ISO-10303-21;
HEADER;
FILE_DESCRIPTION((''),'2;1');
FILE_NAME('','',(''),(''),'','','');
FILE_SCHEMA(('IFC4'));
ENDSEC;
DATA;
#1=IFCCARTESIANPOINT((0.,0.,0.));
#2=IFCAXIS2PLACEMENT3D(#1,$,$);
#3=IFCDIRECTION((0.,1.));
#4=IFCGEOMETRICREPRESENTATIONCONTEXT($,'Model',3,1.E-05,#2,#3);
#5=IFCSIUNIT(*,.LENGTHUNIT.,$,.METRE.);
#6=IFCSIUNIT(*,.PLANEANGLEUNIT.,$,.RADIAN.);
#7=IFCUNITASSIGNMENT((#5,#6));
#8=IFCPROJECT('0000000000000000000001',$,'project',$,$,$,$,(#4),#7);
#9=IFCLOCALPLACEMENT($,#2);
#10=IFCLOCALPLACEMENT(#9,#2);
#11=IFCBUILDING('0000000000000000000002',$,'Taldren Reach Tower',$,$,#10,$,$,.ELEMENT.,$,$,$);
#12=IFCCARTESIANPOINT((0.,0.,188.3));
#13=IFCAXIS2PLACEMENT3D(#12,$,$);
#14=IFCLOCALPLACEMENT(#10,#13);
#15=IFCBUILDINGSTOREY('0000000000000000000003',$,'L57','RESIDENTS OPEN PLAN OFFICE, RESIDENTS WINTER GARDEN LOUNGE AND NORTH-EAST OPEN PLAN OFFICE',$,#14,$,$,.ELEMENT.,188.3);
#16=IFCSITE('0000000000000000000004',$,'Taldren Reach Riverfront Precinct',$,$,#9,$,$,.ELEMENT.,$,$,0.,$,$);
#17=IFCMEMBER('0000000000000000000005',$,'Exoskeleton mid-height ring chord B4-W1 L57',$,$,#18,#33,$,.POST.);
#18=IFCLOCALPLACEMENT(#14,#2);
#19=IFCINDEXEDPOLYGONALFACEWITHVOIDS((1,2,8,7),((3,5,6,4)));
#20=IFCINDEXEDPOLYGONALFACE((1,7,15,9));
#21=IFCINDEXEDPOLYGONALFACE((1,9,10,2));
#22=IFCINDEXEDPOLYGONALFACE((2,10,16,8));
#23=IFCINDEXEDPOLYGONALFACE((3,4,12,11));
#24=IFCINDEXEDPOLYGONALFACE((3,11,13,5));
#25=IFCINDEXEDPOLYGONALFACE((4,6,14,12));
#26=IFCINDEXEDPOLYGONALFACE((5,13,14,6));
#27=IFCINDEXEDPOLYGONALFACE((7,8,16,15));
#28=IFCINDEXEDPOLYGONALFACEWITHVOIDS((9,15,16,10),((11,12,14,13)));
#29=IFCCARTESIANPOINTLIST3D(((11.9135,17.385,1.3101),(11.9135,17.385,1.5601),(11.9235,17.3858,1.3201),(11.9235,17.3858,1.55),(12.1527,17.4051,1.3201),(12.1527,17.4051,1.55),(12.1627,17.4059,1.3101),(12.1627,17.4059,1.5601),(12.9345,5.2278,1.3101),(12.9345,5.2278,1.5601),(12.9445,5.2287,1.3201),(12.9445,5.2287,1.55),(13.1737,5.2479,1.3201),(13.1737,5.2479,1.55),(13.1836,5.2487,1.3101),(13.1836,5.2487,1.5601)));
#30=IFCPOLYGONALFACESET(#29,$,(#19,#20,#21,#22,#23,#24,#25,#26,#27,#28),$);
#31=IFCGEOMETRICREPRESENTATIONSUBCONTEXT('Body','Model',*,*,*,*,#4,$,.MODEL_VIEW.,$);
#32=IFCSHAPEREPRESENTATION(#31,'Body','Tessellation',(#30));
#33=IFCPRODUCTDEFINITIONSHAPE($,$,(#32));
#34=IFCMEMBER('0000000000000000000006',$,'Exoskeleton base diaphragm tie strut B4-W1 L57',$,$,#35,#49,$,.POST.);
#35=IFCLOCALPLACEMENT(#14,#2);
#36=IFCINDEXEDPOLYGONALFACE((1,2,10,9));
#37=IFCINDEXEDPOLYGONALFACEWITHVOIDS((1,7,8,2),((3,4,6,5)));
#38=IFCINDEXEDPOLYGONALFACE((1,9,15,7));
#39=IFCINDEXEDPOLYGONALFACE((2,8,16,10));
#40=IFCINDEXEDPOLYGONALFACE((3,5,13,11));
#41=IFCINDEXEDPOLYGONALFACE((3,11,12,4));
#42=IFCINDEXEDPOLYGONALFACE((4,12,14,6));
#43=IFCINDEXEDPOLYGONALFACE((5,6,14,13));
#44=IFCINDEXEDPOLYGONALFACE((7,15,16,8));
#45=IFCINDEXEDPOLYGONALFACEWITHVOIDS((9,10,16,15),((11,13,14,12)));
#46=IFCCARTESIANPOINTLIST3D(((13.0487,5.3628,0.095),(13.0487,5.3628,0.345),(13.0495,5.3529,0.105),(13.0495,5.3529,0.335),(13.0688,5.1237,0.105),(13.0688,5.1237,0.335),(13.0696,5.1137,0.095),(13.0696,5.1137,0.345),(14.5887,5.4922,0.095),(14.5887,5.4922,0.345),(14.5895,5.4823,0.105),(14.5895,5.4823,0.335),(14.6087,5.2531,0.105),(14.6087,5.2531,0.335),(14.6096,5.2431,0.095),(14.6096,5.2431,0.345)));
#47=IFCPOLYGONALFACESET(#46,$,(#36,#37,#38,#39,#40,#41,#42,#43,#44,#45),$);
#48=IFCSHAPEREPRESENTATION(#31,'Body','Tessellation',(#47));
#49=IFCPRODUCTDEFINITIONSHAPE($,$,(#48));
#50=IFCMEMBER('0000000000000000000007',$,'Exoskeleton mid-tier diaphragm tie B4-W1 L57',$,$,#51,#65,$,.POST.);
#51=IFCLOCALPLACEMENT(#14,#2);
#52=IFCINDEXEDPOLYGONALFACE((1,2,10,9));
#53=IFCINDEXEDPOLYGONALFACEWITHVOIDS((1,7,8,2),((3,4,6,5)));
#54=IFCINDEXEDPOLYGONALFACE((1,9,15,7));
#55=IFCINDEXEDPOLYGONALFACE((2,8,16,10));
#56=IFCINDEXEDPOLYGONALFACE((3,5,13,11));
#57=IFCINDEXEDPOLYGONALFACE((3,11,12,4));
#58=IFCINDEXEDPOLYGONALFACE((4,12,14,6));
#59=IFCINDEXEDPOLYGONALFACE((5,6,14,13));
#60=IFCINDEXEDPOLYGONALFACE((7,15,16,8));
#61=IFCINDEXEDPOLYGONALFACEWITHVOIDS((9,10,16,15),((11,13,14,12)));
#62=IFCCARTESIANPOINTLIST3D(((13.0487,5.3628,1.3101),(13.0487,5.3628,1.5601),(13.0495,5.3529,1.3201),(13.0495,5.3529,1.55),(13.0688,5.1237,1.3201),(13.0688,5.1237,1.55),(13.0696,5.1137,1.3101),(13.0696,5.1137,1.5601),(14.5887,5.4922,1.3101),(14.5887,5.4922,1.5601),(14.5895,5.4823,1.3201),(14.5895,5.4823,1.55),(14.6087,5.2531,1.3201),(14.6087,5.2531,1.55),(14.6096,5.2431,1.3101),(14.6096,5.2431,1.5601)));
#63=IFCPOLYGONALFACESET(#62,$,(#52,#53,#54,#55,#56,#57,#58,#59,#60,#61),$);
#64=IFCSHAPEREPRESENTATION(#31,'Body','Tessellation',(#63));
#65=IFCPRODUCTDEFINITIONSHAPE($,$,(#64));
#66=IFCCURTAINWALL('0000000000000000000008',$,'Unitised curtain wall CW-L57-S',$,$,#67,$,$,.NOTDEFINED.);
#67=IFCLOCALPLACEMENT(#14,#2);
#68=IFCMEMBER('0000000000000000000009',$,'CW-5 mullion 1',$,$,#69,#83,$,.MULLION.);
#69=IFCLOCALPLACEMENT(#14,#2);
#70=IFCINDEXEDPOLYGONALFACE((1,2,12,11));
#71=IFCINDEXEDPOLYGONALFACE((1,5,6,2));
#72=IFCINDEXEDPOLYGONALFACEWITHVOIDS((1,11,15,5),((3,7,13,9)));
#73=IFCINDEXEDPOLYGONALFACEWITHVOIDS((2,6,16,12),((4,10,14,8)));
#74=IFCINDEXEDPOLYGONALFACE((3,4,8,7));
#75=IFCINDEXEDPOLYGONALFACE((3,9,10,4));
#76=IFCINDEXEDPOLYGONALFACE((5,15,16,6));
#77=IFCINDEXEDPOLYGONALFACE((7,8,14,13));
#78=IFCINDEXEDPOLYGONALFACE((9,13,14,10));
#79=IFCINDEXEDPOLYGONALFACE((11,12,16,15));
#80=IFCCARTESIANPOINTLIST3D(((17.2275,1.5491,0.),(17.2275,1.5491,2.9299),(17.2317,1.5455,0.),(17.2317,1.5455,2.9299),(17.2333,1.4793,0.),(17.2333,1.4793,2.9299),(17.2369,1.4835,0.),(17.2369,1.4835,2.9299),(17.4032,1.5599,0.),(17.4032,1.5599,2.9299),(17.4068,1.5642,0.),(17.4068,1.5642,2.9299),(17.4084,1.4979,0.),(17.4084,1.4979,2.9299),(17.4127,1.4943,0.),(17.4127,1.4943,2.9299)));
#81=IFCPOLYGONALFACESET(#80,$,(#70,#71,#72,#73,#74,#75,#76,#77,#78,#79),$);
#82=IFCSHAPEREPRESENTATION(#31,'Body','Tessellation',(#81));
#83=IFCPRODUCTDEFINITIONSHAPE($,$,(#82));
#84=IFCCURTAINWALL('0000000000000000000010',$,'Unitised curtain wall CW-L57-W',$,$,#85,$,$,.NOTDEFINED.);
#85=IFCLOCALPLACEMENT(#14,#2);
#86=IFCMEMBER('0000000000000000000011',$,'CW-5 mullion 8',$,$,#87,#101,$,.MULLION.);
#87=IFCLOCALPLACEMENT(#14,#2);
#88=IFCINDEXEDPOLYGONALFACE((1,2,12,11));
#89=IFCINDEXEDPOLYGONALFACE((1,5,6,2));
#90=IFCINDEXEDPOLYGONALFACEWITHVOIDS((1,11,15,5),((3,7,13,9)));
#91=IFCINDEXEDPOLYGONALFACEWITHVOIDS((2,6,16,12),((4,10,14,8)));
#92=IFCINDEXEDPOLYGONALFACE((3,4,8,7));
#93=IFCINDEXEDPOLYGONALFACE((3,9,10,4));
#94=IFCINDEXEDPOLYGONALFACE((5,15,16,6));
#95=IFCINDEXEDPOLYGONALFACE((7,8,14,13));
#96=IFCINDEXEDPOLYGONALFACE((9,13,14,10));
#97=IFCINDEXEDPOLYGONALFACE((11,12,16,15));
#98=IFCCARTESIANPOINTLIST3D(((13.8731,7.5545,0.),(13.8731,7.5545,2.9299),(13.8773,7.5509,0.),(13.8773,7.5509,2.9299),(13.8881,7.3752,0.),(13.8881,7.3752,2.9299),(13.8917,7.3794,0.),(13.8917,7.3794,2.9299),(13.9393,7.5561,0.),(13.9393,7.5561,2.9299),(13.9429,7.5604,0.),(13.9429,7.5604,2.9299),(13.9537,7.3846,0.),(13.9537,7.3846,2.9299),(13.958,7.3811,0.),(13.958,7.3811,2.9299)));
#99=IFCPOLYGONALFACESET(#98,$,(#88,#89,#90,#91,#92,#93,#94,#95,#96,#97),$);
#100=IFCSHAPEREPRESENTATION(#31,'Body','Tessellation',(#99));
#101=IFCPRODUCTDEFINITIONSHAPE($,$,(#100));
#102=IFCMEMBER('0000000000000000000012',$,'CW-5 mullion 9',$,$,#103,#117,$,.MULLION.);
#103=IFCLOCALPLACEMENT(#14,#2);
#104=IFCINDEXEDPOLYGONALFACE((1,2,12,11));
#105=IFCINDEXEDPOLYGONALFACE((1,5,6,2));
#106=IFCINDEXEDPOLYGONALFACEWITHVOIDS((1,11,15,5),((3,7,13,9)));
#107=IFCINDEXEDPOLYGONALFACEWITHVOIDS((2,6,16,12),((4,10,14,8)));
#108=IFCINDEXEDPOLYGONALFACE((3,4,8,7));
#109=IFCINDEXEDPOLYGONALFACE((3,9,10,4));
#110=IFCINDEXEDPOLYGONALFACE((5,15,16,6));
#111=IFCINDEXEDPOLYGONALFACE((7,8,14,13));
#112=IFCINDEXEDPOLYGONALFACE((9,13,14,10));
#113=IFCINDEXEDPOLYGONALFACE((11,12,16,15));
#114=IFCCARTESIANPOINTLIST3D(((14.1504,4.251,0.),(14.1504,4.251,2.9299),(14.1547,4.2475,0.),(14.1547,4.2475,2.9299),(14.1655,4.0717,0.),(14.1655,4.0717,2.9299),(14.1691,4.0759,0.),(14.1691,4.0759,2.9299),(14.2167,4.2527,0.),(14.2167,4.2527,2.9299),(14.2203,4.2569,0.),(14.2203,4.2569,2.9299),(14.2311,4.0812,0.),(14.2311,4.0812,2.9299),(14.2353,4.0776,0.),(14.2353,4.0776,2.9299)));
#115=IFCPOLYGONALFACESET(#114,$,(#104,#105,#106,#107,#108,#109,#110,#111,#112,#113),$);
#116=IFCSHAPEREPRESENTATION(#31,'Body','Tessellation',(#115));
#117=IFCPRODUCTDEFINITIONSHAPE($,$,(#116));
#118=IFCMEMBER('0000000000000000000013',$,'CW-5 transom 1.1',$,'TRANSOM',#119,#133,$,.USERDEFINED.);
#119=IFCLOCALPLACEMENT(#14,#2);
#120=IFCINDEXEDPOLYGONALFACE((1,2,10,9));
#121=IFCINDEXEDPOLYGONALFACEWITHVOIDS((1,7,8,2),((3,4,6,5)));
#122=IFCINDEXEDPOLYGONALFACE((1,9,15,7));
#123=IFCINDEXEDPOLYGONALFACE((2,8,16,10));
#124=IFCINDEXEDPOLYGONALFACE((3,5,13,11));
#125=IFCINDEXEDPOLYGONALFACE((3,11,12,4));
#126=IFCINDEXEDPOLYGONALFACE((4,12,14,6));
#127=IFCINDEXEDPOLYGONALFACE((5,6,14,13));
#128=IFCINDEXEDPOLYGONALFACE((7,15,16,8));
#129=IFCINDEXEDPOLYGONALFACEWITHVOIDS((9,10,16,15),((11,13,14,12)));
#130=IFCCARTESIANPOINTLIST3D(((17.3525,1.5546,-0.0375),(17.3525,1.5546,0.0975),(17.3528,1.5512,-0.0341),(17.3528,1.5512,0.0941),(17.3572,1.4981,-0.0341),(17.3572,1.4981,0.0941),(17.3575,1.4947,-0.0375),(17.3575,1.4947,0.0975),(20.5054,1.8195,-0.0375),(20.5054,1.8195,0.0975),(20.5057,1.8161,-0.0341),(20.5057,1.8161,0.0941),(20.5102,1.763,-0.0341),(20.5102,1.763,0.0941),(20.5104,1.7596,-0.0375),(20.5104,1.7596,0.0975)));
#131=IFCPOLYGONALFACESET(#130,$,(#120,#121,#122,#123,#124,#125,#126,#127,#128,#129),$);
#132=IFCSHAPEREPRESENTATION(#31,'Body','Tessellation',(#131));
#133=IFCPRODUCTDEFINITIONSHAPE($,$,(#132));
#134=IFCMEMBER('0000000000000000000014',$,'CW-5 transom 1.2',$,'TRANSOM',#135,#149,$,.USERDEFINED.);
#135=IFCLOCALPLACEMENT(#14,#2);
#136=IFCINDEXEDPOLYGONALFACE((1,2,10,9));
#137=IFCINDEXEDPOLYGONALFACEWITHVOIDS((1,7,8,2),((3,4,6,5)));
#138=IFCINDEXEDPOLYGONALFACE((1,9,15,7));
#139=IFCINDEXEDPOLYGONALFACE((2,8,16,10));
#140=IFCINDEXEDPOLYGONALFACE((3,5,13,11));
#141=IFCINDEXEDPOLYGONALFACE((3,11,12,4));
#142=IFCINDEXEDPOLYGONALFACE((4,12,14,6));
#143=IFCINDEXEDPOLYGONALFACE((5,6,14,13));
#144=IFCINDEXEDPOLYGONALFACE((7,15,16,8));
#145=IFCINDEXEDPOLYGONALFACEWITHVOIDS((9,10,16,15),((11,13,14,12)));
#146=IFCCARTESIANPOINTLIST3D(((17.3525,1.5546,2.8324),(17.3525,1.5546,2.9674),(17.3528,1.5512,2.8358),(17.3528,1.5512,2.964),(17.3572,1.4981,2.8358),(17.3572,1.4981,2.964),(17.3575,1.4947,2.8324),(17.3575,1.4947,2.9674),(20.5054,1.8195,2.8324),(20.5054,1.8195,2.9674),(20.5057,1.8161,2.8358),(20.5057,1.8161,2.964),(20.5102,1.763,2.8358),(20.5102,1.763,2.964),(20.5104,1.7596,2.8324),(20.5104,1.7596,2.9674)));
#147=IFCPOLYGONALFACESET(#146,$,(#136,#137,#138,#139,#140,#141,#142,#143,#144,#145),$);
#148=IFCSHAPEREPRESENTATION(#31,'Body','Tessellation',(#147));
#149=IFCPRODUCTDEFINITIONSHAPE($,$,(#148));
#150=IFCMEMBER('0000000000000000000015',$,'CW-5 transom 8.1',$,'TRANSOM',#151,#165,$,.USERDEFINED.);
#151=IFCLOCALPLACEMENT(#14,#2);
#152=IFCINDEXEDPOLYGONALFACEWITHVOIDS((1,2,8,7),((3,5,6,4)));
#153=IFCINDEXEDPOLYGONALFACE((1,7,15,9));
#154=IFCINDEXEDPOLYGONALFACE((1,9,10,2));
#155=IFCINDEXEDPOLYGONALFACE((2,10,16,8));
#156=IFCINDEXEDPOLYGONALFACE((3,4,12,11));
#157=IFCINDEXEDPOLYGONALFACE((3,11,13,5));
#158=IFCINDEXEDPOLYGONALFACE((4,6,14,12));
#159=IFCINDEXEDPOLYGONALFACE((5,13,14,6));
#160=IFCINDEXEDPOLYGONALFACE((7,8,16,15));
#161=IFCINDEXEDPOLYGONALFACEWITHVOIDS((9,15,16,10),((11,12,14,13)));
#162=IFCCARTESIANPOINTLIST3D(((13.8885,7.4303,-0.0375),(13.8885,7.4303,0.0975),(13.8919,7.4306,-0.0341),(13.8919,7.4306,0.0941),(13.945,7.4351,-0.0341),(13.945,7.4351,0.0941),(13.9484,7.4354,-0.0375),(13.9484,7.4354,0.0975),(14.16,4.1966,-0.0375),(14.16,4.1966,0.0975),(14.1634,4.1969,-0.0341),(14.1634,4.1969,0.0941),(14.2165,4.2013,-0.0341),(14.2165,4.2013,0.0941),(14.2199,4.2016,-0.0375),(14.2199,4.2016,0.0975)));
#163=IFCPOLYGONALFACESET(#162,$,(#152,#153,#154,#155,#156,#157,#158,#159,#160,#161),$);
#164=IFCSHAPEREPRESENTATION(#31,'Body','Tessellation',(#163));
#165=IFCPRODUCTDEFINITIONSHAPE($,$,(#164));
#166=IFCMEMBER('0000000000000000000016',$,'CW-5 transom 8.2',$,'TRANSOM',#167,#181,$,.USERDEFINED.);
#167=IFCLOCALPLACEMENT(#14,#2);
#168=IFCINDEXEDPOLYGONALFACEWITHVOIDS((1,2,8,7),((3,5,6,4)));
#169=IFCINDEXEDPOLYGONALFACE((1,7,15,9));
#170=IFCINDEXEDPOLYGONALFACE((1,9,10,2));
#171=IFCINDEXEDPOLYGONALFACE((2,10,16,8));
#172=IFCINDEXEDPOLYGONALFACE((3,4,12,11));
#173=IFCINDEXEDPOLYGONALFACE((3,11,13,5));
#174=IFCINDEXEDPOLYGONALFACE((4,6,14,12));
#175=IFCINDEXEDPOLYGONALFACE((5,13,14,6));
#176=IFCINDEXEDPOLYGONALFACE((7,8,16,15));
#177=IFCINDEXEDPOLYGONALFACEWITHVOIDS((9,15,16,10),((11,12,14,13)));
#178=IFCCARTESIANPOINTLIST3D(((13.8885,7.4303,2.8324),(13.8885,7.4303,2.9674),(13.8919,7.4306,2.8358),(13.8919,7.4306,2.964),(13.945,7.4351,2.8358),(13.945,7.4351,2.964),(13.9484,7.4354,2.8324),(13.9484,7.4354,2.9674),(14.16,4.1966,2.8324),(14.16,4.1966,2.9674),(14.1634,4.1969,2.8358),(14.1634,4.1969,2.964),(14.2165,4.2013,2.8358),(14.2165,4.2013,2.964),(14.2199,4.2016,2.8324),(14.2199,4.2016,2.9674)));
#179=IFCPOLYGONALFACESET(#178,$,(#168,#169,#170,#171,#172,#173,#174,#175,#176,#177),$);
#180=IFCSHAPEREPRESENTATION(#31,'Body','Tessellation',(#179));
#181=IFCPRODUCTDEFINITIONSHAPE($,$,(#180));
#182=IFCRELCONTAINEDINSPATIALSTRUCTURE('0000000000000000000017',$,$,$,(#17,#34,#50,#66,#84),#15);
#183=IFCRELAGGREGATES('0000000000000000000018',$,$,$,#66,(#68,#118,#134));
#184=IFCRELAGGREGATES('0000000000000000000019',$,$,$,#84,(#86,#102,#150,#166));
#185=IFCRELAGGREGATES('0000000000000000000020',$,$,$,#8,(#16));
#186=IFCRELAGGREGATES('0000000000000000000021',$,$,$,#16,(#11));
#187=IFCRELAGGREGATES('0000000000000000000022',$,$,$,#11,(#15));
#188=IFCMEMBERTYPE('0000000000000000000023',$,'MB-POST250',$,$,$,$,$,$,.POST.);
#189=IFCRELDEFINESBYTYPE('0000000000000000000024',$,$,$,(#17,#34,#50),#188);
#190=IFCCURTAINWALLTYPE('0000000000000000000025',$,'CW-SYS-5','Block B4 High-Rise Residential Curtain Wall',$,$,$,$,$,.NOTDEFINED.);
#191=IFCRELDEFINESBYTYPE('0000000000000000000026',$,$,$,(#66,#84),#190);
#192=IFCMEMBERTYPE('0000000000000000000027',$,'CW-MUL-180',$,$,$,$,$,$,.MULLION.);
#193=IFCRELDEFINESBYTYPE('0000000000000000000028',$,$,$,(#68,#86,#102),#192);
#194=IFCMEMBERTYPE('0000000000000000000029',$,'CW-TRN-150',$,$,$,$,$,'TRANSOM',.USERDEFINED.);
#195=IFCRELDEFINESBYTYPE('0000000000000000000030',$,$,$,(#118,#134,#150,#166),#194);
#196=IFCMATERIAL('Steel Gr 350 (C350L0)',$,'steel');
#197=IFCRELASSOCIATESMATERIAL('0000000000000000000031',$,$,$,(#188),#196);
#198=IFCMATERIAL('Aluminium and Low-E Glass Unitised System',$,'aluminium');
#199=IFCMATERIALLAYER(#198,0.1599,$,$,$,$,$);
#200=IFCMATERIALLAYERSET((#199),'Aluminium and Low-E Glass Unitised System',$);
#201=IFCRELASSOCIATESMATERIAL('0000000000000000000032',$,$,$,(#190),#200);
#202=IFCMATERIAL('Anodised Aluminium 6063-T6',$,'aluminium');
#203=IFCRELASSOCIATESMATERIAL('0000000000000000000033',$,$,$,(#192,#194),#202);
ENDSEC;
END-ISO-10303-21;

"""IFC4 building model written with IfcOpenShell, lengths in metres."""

from ifc_helpers import new_model, si_unit, direction, frame, origin, origin_2d, place, context, subcontext, project, spatial, hollow_rectangle, extrude, source, transform, mapped, material, layer, layer_set, material_profile, profile_set, type_object, element, aggregate, save


model = new_model("IFC4")

# Units and contexts
model_context = context("Model", 3, precision=1e-05, world=origin(), true_north=direction((0.0, 1.0)))
body_context = subcontext(model_context, "Body", "Model", "MODEL_VIEW")
ifc_project = project(units=[si_unit("LENGTHUNIT", "METRE"), si_unit("PLANEANGLEUNIT", "RADIAN")], contexts=[model_context])

# Site, building, storey
site_placement = place(None, origin())
site = spatial("IfcSite", under=ifc_project, at=site_placement, Name="Taldren Reach Riverfront Precinct", CompositionType="ELEMENT", RefElevation=0.0)
building_placement = place(site_placement, origin())
building = spatial("IfcBuilding", under=site, at=building_placement, Name="Taldren Reach Tower", CompositionType="ELEMENT")
storey_placement = place(building_placement, frame((0.0, 0.0, 188.3)))
storey = spatial("IfcBuildingStorey", under=building, at=storey_placement, Name="L57", Description="RESIDENTS OPEN PLAN OFFICE, RESIDENTS WINTER GARDEN LOUNGE AND NORTH-EAST OPEN PLAN OFFICE", CompositionType="ELEMENT", Elevation=188.3)

# Shared definitions
ifc_material_1 = material(Name="Steel Gr 350 (C350L0)", Category="steel")

# Shared definitions
ifc_material_profile_1 = material_profile(ifc_material_1, hollow_rectangle(XDim=0.25, YDim=0.25, WallThickness=0.01, at=origin_2d()), Name="250x250x10.0SHS")
ifc_profile_set_1 = profile_set([ifc_material_profile_1], Name="Steel Gr 350 (C350L0)")
member_type_1 = type_object("IfcMemberType", Name="MB-POST250", PredefinedType="POST", material=ifc_profile_set_1)

# Members
shared_shape_1 = source(origin(), body_context, "Body", "SweptSolid", [
    extrude(hollow_rectangle(XDim=0.25, YDim=0.25, WallThickness=0.01, at=origin_2d()), origin(), (0.0, 0.0, 1.0), 12.2),
])
member_1_placement = place(storey_placement, frame((13.0591, 5.2383, 1.4351), z_axis=(-0.083688, 0.996492, 0.0), x_axis=(-0.996492, -0.083688, 0.0)))
element("IfcMember", 1, at=member_1_placement, inside=storey, type_object=member_type_1, Name="Exoskeleton mid-height ring chord B4-W1 L57", PredefinedType="POST", context=body_context, shape_type="MappedRepresentation", body=[
    mapped(shared_shape_1, transform((0.0, 0.0, 0.0), scale=1.0)),
])
shared_shape_2 = source(origin(), body_context, "Body", "SweptSolid", [
    extrude(hollow_rectangle(XDim=0.25, YDim=0.25, WallThickness=0.01, at=origin_2d()), origin(), (0.0, 0.0, 1.0), 1.5454),
])
for number, where, z_axis, x_axis, name in (
    (2, (14.5991, 5.3677, 0.22), (-0.996489, -0.083725, 0.0), (0.083725, -0.996489, 0.0), "Exoskeleton base diaphragm tie strut B4-W1 L57"),
    (3, (14.5991, 5.3677, 1.4351), (-0.996489, -0.083725, 0.0), (0.083725, -0.996489, 0.0), "Exoskeleton mid-tier diaphragm tie B4-W1 L57"),
):
    element("IfcMember", number, at=place(storey_placement, frame(where, z_axis=z_axis, x_axis=x_axis)), inside=storey, type_object=member_type_1, Name=name, PredefinedType="POST", context=body_context, shape_type="MappedRepresentation", body=[
        mapped(shared_shape_2, transform((0.0, 0.0, 0.0), scale=1.0)),
    ])

# Curtain wall, member
ifc_material_2 = material(Name="Aluminium and Low-E Glass Unitised System", Category="aluminium")
ifc_layer_1 = layer(ifc_material_2, 0.1599)
ifc_layer_set_1 = layer_set([ifc_layer_1], Name="Aluminium and Low-E Glass Unitised System")
curtain_wall_type = type_object("IfcCurtainWallType", Name="CW-SYS-5", Description="Block B4 High-Rise Residential Curtain Wall", PredefinedType="NOTDEFINED", material=ifc_layer_set_1)
curtain_wall_1_placement = place(storey_placement, origin())
curtain_wall_1 = element("IfcCurtainWall", 4, at=curtain_wall_1_placement, inside=storey, type_object=curtain_wall_type, Name="Unitised curtain wall CW-L57-S", PredefinedType="NOTDEFINED")
ifc_material_3 = material(Name="Anodised Aluminium 6063-T6", Category="aluminium")
ifc_material_profile_2 = material_profile(ifc_material_3, hollow_rectangle(XDim=0.0701, YDim=0.1799, WallThickness=0.0039, at=origin_2d()), Name="ALU-180x70x4RHS")
ifc_profile_set_2 = profile_set([ifc_material_profile_2], Name="Anodised Aluminium 6063-T6")
member_type_2 = type_object("IfcMemberType", Name="CW-MUL-180", PredefinedType="MULLION", material=ifc_profile_set_2)
shared_shape_3 = source(origin(), body_context, "Body", "SweptSolid", [
    extrude(hollow_rectangle(XDim=0.0701, YDim=0.1799, WallThickness=0.0039, at=origin_2d()), origin(), (0.0, 0.0, 1.0), 2.9299),
])
member_2_placement = place(storey_placement, frame((17.3201, 1.5217, 0.0), z_axis=(0.0, 0.0, 1.0), x_axis=(-0.083678, 0.996493, 0.0)))
member_2 = element("IfcMember", 5, at=member_2_placement, type_object=member_type_2, Name="CW-5 mullion 1", PredefinedType="MULLION", context=body_context, shape_type="MappedRepresentation", body=[
    mapped(shared_shape_3, transform((0.0, 0.0, 0.0), scale=1.0)),
])

# Curtain wall, members
curtain_wall_2_placement = place(storey_placement, origin())
curtain_wall_2 = element("IfcCurtainWall", 6, at=curtain_wall_2_placement, inside=storey, type_object=curtain_wall_type, Name="Unitised curtain wall CW-L57-W", PredefinedType="NOTDEFINED")
member_3_placement = place(storey_placement, frame((13.9155, 7.4678, 0.0), z_axis=(0.0, 0.0, 1.0), x_axis=(0.996493, 0.083678, 0.0)))
member_3 = element("IfcMember", 7, at=member_3_placement, type_object=member_type_2, Name="CW-5 mullion 8", PredefinedType="MULLION", context=body_context, shape_type="MappedRepresentation", body=[
    mapped(shared_shape_3, transform((0.0, 0.0, 0.0), scale=1.0)),
])
member_4_placement = place(storey_placement, frame((14.1929, 4.1643, 0.0), z_axis=(0.0, 0.0, 1.0), x_axis=(0.996493, 0.083678, 0.0)))
member_4 = element("IfcMember", 8, at=member_4_placement, type_object=member_type_2, Name="CW-5 mullion 9", PredefinedType="MULLION", context=body_context, shape_type="MappedRepresentation", body=[
    mapped(shared_shape_3, transform((0.0, 0.0, 0.0), scale=1.0)),
])

# Members
ifc_material_profile_3 = material_profile(ifc_material_3, hollow_rectangle(XDim=0.0601, YDim=0.135, WallThickness=0.0034, at=origin_2d()), Name="ALU-135x60x3.5RHS")
ifc_profile_set_3 = profile_set([ifc_material_profile_3], Name="Anodised Aluminium 6063-T6")
member_type_3 = type_object("IfcMemberType", Name="CW-TRN-150", ElementType="TRANSOM", PredefinedType="USERDEFINED", material=ifc_profile_set_3)
shared_shape_4 = source(origin(), body_context, "Body", "SweptSolid", [
    extrude(hollow_rectangle(XDim=0.0601, YDim=0.135, WallThickness=0.0034, at=origin_2d()), origin(), (0.0, 0.0, 1.0), 3.1641),
])
member_5_placement = place(storey_placement, frame((17.355, 1.5247, 0.03), z_axis=(0.99649, 0.083716, 0.0), x_axis=(-0.083716, 0.99649, 0.0)))
member_5 = element("IfcMember", 9, at=member_5_placement, type_object=member_type_3, Name="CW-5 transom 1.1", ObjectType="TRANSOM", PredefinedType="USERDEFINED", context=body_context, shape_type="MappedRepresentation", body=[
    mapped(shared_shape_4, transform((0.0, 0.0, 0.0), scale=1.0)),
])
member_6_placement = place(storey_placement, frame((17.355, 1.5247, 2.8999), z_axis=(0.99649, 0.083716, 0.0), x_axis=(-0.083716, 0.99649, 0.0)))
member_6 = element("IfcMember", 10, at=member_6_placement, type_object=member_type_3, Name="CW-5 transom 1.2", ObjectType="TRANSOM", PredefinedType="USERDEFINED", context=body_context, shape_type="MappedRepresentation", body=[
    mapped(shared_shape_4, transform((0.0, 0.0, 0.0), scale=1.0)),
])
aggregate(curtain_wall_1, [member_2, member_5, member_6])
shared_shape_5 = source(origin(), body_context, "Body", "SweptSolid", [
    extrude(hollow_rectangle(XDim=0.0601, YDim=0.135, WallThickness=0.0034, at=origin_2d()), origin(), (0.0, 0.0, 1.0), 3.2451),
])
member_7_placement = place(storey_placement, frame((13.9185, 7.4329, 0.03), z_axis=(0.083662, -0.996494, 0.0), x_axis=(0.996494, 0.083662, 0.0)))
member_7 = element("IfcMember", 11, at=member_7_placement, type_object=member_type_3, Name="CW-5 transom 8.1", ObjectType="TRANSOM", PredefinedType="USERDEFINED", context=body_context, shape_type="MappedRepresentation", body=[
    mapped(shared_shape_5, transform((0.0, 0.0, 0.0), scale=1.0)),
])
member_8_placement = place(storey_placement, frame((13.9185, 7.4329, 2.8999), z_axis=(0.083662, -0.996494, 0.0), x_axis=(0.996494, 0.083662, 0.0)))
member_8 = element("IfcMember", 12, at=member_8_placement, type_object=member_type_3, Name="CW-5 transom 8.2", ObjectType="TRANSOM", PredefinedType="USERDEFINED", context=body_context, shape_type="MappedRepresentation", body=[
    mapped(shared_shape_5, transform((0.0, 0.0, 0.0), scale=1.0)),
])

aggregate(curtain_wall_2, [member_3, member_4, member_7, member_8])

save(model, "model.ifc")
